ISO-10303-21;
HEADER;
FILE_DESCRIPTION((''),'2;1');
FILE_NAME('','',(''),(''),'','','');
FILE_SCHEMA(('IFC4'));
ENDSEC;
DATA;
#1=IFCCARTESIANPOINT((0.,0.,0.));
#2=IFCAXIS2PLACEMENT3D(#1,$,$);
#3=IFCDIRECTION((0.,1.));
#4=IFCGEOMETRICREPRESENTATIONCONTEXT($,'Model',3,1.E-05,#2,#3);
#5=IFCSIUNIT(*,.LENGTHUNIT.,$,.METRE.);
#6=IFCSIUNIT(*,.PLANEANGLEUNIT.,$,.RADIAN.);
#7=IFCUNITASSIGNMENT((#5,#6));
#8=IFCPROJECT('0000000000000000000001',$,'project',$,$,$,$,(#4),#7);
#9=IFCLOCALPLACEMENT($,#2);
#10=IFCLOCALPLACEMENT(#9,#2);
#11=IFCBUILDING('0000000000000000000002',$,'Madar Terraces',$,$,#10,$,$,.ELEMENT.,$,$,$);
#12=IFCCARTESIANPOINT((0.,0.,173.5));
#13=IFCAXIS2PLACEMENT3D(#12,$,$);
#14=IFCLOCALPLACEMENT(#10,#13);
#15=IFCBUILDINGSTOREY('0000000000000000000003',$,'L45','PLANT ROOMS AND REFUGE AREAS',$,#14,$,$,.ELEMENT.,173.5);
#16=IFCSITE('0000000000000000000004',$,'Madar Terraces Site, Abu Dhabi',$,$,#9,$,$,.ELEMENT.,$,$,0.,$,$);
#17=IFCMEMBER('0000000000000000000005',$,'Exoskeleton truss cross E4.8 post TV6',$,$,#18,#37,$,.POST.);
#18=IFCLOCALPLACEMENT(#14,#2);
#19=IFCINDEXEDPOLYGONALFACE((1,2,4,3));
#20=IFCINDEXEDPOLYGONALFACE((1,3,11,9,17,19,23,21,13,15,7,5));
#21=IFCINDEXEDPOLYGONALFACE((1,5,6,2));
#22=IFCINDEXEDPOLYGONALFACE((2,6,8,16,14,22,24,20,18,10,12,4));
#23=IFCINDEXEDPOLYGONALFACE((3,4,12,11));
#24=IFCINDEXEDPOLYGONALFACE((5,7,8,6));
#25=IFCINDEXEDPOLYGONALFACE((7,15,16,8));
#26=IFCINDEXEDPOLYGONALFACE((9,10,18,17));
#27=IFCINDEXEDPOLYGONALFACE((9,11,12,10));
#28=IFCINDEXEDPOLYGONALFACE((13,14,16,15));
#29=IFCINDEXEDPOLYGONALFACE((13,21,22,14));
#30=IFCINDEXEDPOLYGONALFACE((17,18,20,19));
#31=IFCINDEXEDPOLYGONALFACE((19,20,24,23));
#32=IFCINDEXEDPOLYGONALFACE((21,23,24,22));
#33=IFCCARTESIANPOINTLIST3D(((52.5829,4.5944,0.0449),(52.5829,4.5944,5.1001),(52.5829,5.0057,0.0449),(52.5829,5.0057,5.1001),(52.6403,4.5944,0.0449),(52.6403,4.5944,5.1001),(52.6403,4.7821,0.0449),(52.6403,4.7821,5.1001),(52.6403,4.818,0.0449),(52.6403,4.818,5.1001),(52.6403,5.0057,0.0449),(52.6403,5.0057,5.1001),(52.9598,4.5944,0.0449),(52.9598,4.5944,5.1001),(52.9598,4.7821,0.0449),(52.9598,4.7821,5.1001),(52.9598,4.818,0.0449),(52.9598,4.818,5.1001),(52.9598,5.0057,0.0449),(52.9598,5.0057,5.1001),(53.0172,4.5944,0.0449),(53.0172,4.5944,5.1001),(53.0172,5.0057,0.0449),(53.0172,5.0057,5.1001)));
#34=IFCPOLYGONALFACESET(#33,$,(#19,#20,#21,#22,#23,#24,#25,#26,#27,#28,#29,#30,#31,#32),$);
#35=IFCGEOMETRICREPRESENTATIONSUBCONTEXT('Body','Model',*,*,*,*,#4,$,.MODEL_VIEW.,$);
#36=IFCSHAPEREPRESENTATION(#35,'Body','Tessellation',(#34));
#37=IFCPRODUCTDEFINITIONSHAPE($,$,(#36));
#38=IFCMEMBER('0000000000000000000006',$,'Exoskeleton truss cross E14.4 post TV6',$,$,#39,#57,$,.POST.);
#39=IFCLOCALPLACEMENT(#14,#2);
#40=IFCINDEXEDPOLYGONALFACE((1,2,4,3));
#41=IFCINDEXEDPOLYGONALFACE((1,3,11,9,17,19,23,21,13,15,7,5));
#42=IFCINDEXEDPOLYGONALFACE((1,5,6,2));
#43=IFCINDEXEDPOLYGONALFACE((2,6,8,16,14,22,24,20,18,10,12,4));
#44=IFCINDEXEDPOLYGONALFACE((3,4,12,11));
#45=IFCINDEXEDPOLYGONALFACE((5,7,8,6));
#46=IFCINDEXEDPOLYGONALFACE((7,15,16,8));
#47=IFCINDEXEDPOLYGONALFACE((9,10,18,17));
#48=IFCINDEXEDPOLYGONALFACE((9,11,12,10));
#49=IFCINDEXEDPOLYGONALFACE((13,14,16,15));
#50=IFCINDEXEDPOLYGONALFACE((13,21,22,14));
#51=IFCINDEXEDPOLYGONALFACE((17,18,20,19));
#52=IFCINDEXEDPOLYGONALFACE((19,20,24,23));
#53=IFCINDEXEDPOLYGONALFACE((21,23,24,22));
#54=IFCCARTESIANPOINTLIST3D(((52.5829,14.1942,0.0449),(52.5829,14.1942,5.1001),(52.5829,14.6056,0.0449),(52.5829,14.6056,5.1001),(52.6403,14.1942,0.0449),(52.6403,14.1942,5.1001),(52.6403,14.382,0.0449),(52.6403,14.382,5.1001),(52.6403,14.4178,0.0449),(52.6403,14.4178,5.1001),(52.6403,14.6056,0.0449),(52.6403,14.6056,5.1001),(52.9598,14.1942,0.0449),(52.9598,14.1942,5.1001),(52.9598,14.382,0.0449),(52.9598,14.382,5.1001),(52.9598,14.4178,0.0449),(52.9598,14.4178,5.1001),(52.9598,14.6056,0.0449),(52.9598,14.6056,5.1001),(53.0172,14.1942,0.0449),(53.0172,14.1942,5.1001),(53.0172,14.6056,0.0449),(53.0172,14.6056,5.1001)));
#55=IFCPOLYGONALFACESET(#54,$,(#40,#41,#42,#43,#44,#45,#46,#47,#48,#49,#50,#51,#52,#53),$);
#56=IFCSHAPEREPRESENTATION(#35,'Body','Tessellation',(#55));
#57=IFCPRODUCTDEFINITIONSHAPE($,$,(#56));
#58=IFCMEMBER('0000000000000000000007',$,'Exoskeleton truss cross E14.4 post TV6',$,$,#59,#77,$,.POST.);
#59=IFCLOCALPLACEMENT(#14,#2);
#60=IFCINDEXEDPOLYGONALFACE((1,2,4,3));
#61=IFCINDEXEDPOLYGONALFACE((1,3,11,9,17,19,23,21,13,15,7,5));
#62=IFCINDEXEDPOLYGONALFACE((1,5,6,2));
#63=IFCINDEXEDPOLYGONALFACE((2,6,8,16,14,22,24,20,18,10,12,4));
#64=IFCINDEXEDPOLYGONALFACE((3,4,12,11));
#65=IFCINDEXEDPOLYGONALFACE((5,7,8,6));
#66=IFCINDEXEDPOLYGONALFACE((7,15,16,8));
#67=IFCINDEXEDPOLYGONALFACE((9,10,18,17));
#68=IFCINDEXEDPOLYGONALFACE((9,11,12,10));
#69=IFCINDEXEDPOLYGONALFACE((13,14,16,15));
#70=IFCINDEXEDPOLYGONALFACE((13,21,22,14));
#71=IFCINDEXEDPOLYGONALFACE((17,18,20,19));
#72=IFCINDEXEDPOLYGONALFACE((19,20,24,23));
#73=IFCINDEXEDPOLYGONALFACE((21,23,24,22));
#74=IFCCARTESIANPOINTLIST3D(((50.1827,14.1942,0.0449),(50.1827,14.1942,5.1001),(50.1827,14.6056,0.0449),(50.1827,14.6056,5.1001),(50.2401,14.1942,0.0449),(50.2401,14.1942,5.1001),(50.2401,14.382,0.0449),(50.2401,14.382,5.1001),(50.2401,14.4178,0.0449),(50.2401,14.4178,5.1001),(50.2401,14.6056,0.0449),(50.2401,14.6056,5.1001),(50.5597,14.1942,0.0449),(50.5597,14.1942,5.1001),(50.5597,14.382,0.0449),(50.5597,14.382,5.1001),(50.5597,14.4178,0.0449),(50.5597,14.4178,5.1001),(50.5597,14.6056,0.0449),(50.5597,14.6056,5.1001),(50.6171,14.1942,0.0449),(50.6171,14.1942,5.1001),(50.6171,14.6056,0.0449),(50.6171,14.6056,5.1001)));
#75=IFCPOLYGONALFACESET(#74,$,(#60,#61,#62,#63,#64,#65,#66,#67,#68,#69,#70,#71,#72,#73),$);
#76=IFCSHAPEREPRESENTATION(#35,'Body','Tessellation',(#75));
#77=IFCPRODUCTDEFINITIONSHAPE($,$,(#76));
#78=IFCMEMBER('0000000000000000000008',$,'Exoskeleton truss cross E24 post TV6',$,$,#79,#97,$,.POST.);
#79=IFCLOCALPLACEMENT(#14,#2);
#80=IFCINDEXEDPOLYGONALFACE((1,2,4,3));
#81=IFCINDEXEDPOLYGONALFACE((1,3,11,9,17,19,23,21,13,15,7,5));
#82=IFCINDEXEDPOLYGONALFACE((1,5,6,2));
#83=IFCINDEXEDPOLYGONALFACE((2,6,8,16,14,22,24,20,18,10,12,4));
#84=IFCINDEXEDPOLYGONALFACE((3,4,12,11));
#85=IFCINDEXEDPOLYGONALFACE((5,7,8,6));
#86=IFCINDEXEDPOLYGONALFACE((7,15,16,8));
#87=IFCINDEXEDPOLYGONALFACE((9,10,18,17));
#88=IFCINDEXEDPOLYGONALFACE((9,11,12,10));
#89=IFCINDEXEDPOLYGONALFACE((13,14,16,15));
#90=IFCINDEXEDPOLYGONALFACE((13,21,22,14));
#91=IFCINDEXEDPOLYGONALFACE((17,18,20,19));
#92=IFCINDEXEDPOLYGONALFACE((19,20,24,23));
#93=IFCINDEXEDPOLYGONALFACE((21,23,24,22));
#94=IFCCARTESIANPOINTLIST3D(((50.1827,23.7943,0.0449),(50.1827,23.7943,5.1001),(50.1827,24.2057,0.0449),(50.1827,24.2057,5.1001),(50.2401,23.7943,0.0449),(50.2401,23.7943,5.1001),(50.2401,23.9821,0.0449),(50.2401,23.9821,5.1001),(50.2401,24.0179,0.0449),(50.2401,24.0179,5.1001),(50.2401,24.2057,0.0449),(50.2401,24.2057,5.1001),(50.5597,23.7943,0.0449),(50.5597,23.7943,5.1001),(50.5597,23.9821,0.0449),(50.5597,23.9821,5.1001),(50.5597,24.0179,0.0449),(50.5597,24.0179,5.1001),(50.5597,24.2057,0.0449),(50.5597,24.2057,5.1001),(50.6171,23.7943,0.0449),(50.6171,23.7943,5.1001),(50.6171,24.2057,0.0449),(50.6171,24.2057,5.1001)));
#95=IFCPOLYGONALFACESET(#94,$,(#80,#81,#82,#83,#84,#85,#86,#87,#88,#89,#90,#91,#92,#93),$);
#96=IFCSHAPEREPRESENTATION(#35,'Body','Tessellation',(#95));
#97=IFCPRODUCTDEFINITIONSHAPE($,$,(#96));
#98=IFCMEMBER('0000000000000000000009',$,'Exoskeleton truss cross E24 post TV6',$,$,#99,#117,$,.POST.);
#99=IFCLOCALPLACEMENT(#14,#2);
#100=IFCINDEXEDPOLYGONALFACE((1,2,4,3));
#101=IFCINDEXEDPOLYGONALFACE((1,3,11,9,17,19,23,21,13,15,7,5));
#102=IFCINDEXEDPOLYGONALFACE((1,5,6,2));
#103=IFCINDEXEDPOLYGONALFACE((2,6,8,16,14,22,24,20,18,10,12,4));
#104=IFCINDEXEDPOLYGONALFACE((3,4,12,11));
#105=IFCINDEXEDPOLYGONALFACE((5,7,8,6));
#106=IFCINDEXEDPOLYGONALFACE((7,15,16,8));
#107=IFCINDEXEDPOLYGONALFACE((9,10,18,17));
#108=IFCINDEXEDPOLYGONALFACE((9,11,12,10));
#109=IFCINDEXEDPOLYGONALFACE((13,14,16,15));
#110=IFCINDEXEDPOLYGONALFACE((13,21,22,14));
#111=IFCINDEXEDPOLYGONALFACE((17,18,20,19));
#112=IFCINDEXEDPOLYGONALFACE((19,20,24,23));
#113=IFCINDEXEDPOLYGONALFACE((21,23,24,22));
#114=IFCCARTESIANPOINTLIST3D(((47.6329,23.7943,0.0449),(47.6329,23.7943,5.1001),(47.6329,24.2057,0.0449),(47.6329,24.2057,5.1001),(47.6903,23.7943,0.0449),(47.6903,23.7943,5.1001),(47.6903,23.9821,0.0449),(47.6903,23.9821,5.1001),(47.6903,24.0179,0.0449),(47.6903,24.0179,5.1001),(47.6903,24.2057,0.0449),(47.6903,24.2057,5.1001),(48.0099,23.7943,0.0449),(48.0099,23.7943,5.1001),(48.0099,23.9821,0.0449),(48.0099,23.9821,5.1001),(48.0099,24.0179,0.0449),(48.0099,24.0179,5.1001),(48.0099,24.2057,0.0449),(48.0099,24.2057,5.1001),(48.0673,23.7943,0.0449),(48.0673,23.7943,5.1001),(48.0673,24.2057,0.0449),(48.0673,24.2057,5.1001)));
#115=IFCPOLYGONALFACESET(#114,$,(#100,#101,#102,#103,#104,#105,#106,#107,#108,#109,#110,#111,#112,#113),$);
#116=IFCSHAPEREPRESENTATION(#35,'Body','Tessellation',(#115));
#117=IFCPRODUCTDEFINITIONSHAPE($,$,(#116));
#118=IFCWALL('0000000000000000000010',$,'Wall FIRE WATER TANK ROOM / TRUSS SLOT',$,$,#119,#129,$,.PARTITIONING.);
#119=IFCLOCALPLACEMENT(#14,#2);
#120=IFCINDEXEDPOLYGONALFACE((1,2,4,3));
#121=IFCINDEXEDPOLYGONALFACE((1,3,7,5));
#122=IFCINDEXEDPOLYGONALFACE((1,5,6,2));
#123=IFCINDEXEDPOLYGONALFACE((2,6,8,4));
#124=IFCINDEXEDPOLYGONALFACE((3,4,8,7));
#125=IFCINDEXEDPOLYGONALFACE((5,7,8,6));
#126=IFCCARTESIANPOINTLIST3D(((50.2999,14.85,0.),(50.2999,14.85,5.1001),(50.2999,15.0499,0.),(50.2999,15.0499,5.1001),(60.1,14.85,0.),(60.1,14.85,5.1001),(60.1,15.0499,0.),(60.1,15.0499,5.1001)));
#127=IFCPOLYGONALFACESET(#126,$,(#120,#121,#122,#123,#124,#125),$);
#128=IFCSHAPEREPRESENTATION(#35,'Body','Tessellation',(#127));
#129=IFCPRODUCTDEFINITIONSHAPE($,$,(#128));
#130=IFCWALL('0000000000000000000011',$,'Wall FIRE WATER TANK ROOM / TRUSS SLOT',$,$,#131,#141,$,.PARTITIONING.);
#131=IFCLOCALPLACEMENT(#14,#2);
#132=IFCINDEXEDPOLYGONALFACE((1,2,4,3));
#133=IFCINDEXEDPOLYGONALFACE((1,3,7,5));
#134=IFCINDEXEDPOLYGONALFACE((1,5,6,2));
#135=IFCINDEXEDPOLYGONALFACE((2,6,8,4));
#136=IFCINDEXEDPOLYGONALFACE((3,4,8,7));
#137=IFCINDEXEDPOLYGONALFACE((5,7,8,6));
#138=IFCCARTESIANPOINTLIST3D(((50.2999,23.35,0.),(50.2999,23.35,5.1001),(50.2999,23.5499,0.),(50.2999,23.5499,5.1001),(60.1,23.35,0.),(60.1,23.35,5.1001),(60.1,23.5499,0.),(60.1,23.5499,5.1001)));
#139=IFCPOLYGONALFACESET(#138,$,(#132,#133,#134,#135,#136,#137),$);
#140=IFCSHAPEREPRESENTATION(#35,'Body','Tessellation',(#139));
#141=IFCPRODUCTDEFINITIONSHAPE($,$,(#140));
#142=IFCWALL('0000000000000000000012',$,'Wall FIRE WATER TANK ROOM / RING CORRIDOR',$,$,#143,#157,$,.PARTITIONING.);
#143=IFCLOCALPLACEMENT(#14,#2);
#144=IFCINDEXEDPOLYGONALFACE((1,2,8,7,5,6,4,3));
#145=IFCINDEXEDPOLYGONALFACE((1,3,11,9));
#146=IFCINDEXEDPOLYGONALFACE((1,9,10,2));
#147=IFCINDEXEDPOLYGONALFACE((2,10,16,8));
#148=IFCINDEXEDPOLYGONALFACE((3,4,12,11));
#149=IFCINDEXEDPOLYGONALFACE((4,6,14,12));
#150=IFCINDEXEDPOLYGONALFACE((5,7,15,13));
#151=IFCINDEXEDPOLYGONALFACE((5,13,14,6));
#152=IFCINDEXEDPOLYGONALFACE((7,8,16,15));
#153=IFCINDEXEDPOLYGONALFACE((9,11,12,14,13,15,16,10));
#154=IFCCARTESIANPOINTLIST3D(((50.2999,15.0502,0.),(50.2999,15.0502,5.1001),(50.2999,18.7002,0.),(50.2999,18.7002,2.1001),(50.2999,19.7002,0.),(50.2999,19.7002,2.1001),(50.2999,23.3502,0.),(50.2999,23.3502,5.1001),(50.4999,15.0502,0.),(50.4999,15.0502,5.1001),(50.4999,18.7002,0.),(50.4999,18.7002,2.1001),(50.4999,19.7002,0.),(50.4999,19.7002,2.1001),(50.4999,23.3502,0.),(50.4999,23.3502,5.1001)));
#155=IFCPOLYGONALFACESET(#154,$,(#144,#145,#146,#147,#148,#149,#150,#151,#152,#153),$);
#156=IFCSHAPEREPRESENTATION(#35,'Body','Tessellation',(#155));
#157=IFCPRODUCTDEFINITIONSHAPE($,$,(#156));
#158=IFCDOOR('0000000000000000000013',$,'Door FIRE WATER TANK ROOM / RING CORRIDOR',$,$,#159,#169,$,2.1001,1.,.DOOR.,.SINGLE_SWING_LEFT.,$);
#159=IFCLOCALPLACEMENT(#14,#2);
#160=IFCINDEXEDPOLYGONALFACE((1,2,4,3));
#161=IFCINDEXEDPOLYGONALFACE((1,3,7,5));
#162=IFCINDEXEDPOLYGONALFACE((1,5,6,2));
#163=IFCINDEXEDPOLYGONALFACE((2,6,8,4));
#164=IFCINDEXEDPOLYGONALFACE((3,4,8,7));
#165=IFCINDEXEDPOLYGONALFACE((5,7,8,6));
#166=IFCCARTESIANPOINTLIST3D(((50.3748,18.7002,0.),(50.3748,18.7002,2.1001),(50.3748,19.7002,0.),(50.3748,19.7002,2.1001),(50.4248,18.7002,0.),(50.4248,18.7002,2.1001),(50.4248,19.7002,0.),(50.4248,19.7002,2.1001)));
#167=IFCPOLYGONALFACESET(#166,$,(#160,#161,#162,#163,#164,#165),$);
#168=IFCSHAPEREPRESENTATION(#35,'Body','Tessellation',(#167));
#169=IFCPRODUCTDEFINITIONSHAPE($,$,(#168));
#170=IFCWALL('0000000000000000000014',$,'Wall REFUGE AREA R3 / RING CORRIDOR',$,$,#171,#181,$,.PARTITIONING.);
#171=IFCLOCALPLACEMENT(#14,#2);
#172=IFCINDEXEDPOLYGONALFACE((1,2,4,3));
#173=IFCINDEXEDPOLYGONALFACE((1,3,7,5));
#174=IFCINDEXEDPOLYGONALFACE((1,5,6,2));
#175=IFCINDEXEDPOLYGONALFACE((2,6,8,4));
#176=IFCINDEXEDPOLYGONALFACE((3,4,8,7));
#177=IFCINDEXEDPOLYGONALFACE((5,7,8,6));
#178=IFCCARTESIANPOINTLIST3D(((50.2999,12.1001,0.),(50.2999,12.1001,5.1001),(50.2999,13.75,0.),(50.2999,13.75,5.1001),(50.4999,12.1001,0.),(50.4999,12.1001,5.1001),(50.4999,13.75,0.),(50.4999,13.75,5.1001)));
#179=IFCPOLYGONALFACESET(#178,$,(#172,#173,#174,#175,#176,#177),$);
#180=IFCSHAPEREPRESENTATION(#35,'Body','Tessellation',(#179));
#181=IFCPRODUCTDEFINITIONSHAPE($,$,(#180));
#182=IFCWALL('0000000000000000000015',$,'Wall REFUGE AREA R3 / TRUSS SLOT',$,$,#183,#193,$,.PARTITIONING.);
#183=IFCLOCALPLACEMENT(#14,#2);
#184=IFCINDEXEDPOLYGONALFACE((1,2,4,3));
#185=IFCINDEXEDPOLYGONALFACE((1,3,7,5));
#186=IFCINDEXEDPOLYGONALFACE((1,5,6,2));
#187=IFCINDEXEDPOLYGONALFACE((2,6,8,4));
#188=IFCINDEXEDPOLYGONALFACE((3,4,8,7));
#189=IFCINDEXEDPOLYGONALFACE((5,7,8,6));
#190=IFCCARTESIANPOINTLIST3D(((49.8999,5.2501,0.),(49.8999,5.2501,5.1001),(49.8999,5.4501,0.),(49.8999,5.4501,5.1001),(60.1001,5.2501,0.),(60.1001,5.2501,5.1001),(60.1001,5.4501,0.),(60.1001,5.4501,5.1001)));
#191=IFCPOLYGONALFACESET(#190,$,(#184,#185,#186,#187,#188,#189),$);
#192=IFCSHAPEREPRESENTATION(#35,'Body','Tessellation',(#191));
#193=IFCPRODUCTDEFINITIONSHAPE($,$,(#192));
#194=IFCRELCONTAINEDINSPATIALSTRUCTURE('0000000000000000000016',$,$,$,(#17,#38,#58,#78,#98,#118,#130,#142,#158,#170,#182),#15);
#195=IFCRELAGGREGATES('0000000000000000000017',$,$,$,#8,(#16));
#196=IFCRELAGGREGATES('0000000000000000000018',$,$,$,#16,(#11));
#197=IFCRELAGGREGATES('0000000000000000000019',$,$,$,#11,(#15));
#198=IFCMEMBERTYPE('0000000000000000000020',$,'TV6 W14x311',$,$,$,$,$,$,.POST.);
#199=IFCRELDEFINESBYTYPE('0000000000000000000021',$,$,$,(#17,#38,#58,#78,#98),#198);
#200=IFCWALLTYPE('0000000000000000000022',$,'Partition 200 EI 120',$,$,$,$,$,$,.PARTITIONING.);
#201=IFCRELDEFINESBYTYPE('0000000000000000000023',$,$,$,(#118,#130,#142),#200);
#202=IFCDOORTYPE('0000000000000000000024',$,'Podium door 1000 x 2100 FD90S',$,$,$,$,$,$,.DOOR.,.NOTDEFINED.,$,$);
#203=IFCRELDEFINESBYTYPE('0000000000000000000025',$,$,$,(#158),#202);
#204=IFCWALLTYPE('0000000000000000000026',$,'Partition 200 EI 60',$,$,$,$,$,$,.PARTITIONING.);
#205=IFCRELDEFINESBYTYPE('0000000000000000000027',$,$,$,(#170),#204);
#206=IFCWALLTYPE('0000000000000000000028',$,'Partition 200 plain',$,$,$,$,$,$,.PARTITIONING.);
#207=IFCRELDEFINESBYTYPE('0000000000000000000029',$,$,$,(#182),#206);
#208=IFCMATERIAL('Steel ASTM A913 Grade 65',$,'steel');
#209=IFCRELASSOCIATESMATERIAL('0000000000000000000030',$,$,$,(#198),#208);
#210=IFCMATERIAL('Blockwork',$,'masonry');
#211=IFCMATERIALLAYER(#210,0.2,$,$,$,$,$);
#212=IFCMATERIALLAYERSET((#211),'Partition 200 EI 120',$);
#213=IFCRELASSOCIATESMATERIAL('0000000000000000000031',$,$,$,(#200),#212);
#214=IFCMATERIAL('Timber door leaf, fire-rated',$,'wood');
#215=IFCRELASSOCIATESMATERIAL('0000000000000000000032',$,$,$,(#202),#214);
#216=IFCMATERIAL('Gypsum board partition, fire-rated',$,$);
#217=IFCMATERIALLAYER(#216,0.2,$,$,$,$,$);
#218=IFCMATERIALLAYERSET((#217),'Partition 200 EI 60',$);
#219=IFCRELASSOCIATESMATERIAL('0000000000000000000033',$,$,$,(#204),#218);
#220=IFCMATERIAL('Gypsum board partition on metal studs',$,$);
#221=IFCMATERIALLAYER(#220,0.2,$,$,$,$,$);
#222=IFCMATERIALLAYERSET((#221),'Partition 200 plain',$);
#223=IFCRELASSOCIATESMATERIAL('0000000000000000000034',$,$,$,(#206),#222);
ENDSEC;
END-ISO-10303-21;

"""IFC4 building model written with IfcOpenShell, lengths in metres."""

from ifc_helpers import new_model, si_unit, direction, frame, frame_2d, origin, origin_2d, place, context, subcontext, project, spatial, rectangle, i_section, extrude, material, layer, layer_set, material_profile, profile_set, type_object, element, fill, save


model = new_model("IFC4")

# Units and contexts
model_context = context("Model", 3, precision=1e-05, world=origin(), true_north=direction((0.0, 1.0)))
body_context = subcontext(model_context, "Body", "Model", "MODEL_VIEW")
ifc_project = project(units=[si_unit("LENGTHUNIT", "METRE"), si_unit("PLANEANGLEUNIT", "RADIAN")], contexts=[model_context])

# Site, building, storey
site_placement = place(None, origin())
site = spatial("IfcSite", under=ifc_project, at=site_placement, Name="Madar Terraces Site, Abu Dhabi", CompositionType="ELEMENT", RefElevation=0.0)
building_placement = place(site_placement, origin())
building = spatial("IfcBuilding", under=site, at=building_placement, Name="Madar Terraces", CompositionType="ELEMENT")
storey_placement = place(building_placement, frame((0.0, 0.0, 173.5)))
storey = spatial("IfcBuildingStorey", under=building, at=storey_placement, Name="L45", Description="PLANT ROOMS AND REFUGE AREAS", CompositionType="ELEMENT", Elevation=173.5)

# Members
ifc_material_1 = material(Name="Steel ASTM A913 Grade 65", Category="steel")
ifc_material_profile_1 = material_profile(ifc_material_1, i_section(OverallWidth=0.4114, OverallDepth=0.4343, WebThickness=0.0359, FlangeThickness=0.0574, at=origin_2d()), Name="W14x311")
ifc_profile_set_1 = profile_set([ifc_material_profile_1], Name="Steel ASTM A913 Grade 65")
member_type_1 = type_object("IfcMemberType", Name="TV6 W14x311", PredefinedType="POST", material=ifc_profile_set_1)
for number, where, z_axis, x_axis, name in (
    (1, (52.8, 4.8, 0.0449), (0.0, 0.0, 1.0), (0.0, 1.0, 0.0), "Exoskeleton truss cross E4.8 post TV6"),
    (2, (52.8, 14.3999, 0.0449), (0.0, 0.0, 1.0), (0.0, 1.0, 0.0), "Exoskeleton truss cross E14.4 post TV6"),
    (3, (50.3999, 14.3999, 0.0449), (0.0, 0.0, 1.0), (0.0, 1.0, 0.0), "Exoskeleton truss cross E14.4 post TV6"),
    (4, (50.3999, 24.0, 0.0449), (0.0, 0.0, 1.0), (0.0, 1.0, 0.0), "Exoskeleton truss cross E24 post TV6"),
    (5, (47.8501, 24.0, 0.0449), (0.0, 0.0, 1.0), (0.0, 1.0, 0.0), "Exoskeleton truss cross E24 post TV6"),
):
    element("IfcMember", number, at=place(storey_placement, frame(where, z_axis=z_axis, x_axis=x_axis)), inside=storey, type_object=member_type_1, Name=name, PredefinedType="POST", context=body_context, shape_type="SweptSolid", body=[
        extrude(i_section(OverallWidth=0.4114, OverallDepth=0.4343, WebThickness=0.0359, FlangeThickness=0.0574, at=origin_2d()), origin(), (0.0, 0.0, 1.0), 5.0552),
    ])

# Walls
ifc_material_2 = material(Name="Blockwork", Category="masonry")
ifc_layer_1 = layer(ifc_material_2, 0.2)
ifc_layer_set_1 = layer_set([ifc_layer_1], Name="Partition 200 EI 120")
wall_type_1 = type_object("IfcWallType", Name="Partition 200 EI 120", PredefinedType="PARTITIONING", material=ifc_layer_set_1)
for number, where, z_axis, x_axis, name in (
    (6, (50.3, 14.95, 0.0), (0.0, 0.0, 1.0), (1.0, 0.0, 0.0), "Wall FIRE WATER TANK ROOM / TRUSS SLOT"),
    (7, (50.3, 23.45, 0.0), (0.0, 0.0, 1.0), (1.0, 0.0, 0.0), "Wall FIRE WATER TANK ROOM / TRUSS SLOT"),
):
    element("IfcWall", number, at=place(storey_placement, frame(where, z_axis=z_axis, x_axis=x_axis)), inside=storey, type_object=wall_type_1, Name=name, PredefinedType="PARTITIONING", context=body_context, shape_type="SweptSolid", body=[
        extrude(rectangle(XDim=9.8, YDim=0.2, at=frame_2d((4.8999, 0.0))), origin(), (0.0, 0.0, 1.0), 5.1001),
    ])

# Wall, opening, door
wall_1_placement = place(storey_placement, frame((50.3999, 23.3501, 0.0), z_axis=(0.0, 0.0, 1.0), x_axis=(0.0, -1.0, 0.0)))
wall_1 = element("IfcWall", 8, at=wall_1_placement, inside=storey, type_object=wall_type_1, Name="Wall FIRE WATER TANK ROOM / RING CORRIDOR", PredefinedType="PARTITIONING", context=body_context, shape_type="SweptSolid", body=[
    extrude(rectangle(XDim=8.3, YDim=0.2, at=frame_2d((4.1499, 0.0))), origin(), (0.0, 0.0, 1.0), 5.1001),
])
opening_placement = place(wall_1_placement, frame((3.6499, 0.0, 0.0)))
opening = element("IfcOpeningElement", 9, at=opening_placement, cuts=wall_1, PredefinedType="OPENING", context=body_context, shape_type="SweptSolid", body=[
    extrude(rectangle(XDim=1.0, YDim=2.1001, at=frame_2d((0.5, 1.05))), frame((0.0, 0.1099, 0.0), z_axis=(0.0, -1.0, 0.0), x_axis=(1.0, 0.0, 0.0)), (0.0, 0.0, 1.0), 0.22),
])
ifc_material_3 = material(Name="Timber door leaf, fire-rated", Category="wood")
door_type = type_object("IfcDoorType", Name="Podium door 1000 x 2100 FD90S", OperationType="NOTDEFINED", PredefinedType="DOOR", material=ifc_material_3)
door_placement = place(opening_placement, origin())
door = element("IfcDoor", 10, at=door_placement, inside=storey, type_object=door_type, Name="Door FIRE WATER TANK ROOM / RING CORRIDOR", OperationType="SINGLE_SWING_LEFT", OverallHeight=2.1001, OverallWidth=1.0, PredefinedType="DOOR", context=body_context, shape_type="SweptSolid", body=[
    extrude(rectangle(XDim=1.0, YDim=2.1001, at=frame_2d((0.5, 1.05))), frame((0.0, 0.0249, 0.0), z_axis=(0.0, -1.0, 0.0), x_axis=(1.0, 0.0, 0.0)), (0.0, 0.0, 1.0), 0.05),
])
fill(opening, door)

# Walls
ifc_material_4 = material(Name="Gypsum board partition, fire-rated")
ifc_layer_2 = layer(ifc_material_4, 0.2)
ifc_layer_set_2 = layer_set([ifc_layer_2], Name="Partition 200 EI 60")
wall_type_2 = type_object("IfcWallType", Name="Partition 200 EI 60", PredefinedType="PARTITIONING", material=ifc_layer_set_2)
wall_2_placement = place(storey_placement, frame((50.3999, 12.1001, 0.0), z_axis=(0.0, 0.0, 1.0), x_axis=(0.0, 1.0, 0.0)))
element("IfcWall", 11, at=wall_2_placement, inside=storey, type_object=wall_type_2, Name="Wall REFUGE AREA R3 / RING CORRIDOR", PredefinedType="PARTITIONING", context=body_context, shape_type="SweptSolid", body=[
    extrude(rectangle(XDim=1.6499, YDim=0.2, at=frame_2d((0.825, 0.0))), origin(), (0.0, 0.0, 1.0), 5.1001),
])
ifc_material_5 = material(Name="Gypsum board partition on metal studs")
ifc_layer_3 = layer(ifc_material_5, 0.2)
ifc_layer_set_3 = layer_set([ifc_layer_3], Name="Partition 200 plain")
wall_type_3 = type_object("IfcWallType", Name="Partition 200 plain", PredefinedType="PARTITIONING", material=ifc_layer_set_3)
wall_3_placement = place(storey_placement, frame((49.8999, 5.3501, 0.0), z_axis=(0.0, 0.0, 1.0), x_axis=(1.0, 0.0, 0.0)))
element("IfcWall", 12, at=wall_3_placement, inside=storey, type_object=wall_type_3, Name="Wall REFUGE AREA R3 / TRUSS SLOT", PredefinedType="PARTITIONING", context=body_context, shape_type="SweptSolid", body=[
    extrude(rectangle(XDim=10.2002, YDim=0.2, at=frame_2d((5.1001, 0.0))), origin(), (0.0, 0.0, 1.0), 5.1001),
])

save(model, "model.ifc")
